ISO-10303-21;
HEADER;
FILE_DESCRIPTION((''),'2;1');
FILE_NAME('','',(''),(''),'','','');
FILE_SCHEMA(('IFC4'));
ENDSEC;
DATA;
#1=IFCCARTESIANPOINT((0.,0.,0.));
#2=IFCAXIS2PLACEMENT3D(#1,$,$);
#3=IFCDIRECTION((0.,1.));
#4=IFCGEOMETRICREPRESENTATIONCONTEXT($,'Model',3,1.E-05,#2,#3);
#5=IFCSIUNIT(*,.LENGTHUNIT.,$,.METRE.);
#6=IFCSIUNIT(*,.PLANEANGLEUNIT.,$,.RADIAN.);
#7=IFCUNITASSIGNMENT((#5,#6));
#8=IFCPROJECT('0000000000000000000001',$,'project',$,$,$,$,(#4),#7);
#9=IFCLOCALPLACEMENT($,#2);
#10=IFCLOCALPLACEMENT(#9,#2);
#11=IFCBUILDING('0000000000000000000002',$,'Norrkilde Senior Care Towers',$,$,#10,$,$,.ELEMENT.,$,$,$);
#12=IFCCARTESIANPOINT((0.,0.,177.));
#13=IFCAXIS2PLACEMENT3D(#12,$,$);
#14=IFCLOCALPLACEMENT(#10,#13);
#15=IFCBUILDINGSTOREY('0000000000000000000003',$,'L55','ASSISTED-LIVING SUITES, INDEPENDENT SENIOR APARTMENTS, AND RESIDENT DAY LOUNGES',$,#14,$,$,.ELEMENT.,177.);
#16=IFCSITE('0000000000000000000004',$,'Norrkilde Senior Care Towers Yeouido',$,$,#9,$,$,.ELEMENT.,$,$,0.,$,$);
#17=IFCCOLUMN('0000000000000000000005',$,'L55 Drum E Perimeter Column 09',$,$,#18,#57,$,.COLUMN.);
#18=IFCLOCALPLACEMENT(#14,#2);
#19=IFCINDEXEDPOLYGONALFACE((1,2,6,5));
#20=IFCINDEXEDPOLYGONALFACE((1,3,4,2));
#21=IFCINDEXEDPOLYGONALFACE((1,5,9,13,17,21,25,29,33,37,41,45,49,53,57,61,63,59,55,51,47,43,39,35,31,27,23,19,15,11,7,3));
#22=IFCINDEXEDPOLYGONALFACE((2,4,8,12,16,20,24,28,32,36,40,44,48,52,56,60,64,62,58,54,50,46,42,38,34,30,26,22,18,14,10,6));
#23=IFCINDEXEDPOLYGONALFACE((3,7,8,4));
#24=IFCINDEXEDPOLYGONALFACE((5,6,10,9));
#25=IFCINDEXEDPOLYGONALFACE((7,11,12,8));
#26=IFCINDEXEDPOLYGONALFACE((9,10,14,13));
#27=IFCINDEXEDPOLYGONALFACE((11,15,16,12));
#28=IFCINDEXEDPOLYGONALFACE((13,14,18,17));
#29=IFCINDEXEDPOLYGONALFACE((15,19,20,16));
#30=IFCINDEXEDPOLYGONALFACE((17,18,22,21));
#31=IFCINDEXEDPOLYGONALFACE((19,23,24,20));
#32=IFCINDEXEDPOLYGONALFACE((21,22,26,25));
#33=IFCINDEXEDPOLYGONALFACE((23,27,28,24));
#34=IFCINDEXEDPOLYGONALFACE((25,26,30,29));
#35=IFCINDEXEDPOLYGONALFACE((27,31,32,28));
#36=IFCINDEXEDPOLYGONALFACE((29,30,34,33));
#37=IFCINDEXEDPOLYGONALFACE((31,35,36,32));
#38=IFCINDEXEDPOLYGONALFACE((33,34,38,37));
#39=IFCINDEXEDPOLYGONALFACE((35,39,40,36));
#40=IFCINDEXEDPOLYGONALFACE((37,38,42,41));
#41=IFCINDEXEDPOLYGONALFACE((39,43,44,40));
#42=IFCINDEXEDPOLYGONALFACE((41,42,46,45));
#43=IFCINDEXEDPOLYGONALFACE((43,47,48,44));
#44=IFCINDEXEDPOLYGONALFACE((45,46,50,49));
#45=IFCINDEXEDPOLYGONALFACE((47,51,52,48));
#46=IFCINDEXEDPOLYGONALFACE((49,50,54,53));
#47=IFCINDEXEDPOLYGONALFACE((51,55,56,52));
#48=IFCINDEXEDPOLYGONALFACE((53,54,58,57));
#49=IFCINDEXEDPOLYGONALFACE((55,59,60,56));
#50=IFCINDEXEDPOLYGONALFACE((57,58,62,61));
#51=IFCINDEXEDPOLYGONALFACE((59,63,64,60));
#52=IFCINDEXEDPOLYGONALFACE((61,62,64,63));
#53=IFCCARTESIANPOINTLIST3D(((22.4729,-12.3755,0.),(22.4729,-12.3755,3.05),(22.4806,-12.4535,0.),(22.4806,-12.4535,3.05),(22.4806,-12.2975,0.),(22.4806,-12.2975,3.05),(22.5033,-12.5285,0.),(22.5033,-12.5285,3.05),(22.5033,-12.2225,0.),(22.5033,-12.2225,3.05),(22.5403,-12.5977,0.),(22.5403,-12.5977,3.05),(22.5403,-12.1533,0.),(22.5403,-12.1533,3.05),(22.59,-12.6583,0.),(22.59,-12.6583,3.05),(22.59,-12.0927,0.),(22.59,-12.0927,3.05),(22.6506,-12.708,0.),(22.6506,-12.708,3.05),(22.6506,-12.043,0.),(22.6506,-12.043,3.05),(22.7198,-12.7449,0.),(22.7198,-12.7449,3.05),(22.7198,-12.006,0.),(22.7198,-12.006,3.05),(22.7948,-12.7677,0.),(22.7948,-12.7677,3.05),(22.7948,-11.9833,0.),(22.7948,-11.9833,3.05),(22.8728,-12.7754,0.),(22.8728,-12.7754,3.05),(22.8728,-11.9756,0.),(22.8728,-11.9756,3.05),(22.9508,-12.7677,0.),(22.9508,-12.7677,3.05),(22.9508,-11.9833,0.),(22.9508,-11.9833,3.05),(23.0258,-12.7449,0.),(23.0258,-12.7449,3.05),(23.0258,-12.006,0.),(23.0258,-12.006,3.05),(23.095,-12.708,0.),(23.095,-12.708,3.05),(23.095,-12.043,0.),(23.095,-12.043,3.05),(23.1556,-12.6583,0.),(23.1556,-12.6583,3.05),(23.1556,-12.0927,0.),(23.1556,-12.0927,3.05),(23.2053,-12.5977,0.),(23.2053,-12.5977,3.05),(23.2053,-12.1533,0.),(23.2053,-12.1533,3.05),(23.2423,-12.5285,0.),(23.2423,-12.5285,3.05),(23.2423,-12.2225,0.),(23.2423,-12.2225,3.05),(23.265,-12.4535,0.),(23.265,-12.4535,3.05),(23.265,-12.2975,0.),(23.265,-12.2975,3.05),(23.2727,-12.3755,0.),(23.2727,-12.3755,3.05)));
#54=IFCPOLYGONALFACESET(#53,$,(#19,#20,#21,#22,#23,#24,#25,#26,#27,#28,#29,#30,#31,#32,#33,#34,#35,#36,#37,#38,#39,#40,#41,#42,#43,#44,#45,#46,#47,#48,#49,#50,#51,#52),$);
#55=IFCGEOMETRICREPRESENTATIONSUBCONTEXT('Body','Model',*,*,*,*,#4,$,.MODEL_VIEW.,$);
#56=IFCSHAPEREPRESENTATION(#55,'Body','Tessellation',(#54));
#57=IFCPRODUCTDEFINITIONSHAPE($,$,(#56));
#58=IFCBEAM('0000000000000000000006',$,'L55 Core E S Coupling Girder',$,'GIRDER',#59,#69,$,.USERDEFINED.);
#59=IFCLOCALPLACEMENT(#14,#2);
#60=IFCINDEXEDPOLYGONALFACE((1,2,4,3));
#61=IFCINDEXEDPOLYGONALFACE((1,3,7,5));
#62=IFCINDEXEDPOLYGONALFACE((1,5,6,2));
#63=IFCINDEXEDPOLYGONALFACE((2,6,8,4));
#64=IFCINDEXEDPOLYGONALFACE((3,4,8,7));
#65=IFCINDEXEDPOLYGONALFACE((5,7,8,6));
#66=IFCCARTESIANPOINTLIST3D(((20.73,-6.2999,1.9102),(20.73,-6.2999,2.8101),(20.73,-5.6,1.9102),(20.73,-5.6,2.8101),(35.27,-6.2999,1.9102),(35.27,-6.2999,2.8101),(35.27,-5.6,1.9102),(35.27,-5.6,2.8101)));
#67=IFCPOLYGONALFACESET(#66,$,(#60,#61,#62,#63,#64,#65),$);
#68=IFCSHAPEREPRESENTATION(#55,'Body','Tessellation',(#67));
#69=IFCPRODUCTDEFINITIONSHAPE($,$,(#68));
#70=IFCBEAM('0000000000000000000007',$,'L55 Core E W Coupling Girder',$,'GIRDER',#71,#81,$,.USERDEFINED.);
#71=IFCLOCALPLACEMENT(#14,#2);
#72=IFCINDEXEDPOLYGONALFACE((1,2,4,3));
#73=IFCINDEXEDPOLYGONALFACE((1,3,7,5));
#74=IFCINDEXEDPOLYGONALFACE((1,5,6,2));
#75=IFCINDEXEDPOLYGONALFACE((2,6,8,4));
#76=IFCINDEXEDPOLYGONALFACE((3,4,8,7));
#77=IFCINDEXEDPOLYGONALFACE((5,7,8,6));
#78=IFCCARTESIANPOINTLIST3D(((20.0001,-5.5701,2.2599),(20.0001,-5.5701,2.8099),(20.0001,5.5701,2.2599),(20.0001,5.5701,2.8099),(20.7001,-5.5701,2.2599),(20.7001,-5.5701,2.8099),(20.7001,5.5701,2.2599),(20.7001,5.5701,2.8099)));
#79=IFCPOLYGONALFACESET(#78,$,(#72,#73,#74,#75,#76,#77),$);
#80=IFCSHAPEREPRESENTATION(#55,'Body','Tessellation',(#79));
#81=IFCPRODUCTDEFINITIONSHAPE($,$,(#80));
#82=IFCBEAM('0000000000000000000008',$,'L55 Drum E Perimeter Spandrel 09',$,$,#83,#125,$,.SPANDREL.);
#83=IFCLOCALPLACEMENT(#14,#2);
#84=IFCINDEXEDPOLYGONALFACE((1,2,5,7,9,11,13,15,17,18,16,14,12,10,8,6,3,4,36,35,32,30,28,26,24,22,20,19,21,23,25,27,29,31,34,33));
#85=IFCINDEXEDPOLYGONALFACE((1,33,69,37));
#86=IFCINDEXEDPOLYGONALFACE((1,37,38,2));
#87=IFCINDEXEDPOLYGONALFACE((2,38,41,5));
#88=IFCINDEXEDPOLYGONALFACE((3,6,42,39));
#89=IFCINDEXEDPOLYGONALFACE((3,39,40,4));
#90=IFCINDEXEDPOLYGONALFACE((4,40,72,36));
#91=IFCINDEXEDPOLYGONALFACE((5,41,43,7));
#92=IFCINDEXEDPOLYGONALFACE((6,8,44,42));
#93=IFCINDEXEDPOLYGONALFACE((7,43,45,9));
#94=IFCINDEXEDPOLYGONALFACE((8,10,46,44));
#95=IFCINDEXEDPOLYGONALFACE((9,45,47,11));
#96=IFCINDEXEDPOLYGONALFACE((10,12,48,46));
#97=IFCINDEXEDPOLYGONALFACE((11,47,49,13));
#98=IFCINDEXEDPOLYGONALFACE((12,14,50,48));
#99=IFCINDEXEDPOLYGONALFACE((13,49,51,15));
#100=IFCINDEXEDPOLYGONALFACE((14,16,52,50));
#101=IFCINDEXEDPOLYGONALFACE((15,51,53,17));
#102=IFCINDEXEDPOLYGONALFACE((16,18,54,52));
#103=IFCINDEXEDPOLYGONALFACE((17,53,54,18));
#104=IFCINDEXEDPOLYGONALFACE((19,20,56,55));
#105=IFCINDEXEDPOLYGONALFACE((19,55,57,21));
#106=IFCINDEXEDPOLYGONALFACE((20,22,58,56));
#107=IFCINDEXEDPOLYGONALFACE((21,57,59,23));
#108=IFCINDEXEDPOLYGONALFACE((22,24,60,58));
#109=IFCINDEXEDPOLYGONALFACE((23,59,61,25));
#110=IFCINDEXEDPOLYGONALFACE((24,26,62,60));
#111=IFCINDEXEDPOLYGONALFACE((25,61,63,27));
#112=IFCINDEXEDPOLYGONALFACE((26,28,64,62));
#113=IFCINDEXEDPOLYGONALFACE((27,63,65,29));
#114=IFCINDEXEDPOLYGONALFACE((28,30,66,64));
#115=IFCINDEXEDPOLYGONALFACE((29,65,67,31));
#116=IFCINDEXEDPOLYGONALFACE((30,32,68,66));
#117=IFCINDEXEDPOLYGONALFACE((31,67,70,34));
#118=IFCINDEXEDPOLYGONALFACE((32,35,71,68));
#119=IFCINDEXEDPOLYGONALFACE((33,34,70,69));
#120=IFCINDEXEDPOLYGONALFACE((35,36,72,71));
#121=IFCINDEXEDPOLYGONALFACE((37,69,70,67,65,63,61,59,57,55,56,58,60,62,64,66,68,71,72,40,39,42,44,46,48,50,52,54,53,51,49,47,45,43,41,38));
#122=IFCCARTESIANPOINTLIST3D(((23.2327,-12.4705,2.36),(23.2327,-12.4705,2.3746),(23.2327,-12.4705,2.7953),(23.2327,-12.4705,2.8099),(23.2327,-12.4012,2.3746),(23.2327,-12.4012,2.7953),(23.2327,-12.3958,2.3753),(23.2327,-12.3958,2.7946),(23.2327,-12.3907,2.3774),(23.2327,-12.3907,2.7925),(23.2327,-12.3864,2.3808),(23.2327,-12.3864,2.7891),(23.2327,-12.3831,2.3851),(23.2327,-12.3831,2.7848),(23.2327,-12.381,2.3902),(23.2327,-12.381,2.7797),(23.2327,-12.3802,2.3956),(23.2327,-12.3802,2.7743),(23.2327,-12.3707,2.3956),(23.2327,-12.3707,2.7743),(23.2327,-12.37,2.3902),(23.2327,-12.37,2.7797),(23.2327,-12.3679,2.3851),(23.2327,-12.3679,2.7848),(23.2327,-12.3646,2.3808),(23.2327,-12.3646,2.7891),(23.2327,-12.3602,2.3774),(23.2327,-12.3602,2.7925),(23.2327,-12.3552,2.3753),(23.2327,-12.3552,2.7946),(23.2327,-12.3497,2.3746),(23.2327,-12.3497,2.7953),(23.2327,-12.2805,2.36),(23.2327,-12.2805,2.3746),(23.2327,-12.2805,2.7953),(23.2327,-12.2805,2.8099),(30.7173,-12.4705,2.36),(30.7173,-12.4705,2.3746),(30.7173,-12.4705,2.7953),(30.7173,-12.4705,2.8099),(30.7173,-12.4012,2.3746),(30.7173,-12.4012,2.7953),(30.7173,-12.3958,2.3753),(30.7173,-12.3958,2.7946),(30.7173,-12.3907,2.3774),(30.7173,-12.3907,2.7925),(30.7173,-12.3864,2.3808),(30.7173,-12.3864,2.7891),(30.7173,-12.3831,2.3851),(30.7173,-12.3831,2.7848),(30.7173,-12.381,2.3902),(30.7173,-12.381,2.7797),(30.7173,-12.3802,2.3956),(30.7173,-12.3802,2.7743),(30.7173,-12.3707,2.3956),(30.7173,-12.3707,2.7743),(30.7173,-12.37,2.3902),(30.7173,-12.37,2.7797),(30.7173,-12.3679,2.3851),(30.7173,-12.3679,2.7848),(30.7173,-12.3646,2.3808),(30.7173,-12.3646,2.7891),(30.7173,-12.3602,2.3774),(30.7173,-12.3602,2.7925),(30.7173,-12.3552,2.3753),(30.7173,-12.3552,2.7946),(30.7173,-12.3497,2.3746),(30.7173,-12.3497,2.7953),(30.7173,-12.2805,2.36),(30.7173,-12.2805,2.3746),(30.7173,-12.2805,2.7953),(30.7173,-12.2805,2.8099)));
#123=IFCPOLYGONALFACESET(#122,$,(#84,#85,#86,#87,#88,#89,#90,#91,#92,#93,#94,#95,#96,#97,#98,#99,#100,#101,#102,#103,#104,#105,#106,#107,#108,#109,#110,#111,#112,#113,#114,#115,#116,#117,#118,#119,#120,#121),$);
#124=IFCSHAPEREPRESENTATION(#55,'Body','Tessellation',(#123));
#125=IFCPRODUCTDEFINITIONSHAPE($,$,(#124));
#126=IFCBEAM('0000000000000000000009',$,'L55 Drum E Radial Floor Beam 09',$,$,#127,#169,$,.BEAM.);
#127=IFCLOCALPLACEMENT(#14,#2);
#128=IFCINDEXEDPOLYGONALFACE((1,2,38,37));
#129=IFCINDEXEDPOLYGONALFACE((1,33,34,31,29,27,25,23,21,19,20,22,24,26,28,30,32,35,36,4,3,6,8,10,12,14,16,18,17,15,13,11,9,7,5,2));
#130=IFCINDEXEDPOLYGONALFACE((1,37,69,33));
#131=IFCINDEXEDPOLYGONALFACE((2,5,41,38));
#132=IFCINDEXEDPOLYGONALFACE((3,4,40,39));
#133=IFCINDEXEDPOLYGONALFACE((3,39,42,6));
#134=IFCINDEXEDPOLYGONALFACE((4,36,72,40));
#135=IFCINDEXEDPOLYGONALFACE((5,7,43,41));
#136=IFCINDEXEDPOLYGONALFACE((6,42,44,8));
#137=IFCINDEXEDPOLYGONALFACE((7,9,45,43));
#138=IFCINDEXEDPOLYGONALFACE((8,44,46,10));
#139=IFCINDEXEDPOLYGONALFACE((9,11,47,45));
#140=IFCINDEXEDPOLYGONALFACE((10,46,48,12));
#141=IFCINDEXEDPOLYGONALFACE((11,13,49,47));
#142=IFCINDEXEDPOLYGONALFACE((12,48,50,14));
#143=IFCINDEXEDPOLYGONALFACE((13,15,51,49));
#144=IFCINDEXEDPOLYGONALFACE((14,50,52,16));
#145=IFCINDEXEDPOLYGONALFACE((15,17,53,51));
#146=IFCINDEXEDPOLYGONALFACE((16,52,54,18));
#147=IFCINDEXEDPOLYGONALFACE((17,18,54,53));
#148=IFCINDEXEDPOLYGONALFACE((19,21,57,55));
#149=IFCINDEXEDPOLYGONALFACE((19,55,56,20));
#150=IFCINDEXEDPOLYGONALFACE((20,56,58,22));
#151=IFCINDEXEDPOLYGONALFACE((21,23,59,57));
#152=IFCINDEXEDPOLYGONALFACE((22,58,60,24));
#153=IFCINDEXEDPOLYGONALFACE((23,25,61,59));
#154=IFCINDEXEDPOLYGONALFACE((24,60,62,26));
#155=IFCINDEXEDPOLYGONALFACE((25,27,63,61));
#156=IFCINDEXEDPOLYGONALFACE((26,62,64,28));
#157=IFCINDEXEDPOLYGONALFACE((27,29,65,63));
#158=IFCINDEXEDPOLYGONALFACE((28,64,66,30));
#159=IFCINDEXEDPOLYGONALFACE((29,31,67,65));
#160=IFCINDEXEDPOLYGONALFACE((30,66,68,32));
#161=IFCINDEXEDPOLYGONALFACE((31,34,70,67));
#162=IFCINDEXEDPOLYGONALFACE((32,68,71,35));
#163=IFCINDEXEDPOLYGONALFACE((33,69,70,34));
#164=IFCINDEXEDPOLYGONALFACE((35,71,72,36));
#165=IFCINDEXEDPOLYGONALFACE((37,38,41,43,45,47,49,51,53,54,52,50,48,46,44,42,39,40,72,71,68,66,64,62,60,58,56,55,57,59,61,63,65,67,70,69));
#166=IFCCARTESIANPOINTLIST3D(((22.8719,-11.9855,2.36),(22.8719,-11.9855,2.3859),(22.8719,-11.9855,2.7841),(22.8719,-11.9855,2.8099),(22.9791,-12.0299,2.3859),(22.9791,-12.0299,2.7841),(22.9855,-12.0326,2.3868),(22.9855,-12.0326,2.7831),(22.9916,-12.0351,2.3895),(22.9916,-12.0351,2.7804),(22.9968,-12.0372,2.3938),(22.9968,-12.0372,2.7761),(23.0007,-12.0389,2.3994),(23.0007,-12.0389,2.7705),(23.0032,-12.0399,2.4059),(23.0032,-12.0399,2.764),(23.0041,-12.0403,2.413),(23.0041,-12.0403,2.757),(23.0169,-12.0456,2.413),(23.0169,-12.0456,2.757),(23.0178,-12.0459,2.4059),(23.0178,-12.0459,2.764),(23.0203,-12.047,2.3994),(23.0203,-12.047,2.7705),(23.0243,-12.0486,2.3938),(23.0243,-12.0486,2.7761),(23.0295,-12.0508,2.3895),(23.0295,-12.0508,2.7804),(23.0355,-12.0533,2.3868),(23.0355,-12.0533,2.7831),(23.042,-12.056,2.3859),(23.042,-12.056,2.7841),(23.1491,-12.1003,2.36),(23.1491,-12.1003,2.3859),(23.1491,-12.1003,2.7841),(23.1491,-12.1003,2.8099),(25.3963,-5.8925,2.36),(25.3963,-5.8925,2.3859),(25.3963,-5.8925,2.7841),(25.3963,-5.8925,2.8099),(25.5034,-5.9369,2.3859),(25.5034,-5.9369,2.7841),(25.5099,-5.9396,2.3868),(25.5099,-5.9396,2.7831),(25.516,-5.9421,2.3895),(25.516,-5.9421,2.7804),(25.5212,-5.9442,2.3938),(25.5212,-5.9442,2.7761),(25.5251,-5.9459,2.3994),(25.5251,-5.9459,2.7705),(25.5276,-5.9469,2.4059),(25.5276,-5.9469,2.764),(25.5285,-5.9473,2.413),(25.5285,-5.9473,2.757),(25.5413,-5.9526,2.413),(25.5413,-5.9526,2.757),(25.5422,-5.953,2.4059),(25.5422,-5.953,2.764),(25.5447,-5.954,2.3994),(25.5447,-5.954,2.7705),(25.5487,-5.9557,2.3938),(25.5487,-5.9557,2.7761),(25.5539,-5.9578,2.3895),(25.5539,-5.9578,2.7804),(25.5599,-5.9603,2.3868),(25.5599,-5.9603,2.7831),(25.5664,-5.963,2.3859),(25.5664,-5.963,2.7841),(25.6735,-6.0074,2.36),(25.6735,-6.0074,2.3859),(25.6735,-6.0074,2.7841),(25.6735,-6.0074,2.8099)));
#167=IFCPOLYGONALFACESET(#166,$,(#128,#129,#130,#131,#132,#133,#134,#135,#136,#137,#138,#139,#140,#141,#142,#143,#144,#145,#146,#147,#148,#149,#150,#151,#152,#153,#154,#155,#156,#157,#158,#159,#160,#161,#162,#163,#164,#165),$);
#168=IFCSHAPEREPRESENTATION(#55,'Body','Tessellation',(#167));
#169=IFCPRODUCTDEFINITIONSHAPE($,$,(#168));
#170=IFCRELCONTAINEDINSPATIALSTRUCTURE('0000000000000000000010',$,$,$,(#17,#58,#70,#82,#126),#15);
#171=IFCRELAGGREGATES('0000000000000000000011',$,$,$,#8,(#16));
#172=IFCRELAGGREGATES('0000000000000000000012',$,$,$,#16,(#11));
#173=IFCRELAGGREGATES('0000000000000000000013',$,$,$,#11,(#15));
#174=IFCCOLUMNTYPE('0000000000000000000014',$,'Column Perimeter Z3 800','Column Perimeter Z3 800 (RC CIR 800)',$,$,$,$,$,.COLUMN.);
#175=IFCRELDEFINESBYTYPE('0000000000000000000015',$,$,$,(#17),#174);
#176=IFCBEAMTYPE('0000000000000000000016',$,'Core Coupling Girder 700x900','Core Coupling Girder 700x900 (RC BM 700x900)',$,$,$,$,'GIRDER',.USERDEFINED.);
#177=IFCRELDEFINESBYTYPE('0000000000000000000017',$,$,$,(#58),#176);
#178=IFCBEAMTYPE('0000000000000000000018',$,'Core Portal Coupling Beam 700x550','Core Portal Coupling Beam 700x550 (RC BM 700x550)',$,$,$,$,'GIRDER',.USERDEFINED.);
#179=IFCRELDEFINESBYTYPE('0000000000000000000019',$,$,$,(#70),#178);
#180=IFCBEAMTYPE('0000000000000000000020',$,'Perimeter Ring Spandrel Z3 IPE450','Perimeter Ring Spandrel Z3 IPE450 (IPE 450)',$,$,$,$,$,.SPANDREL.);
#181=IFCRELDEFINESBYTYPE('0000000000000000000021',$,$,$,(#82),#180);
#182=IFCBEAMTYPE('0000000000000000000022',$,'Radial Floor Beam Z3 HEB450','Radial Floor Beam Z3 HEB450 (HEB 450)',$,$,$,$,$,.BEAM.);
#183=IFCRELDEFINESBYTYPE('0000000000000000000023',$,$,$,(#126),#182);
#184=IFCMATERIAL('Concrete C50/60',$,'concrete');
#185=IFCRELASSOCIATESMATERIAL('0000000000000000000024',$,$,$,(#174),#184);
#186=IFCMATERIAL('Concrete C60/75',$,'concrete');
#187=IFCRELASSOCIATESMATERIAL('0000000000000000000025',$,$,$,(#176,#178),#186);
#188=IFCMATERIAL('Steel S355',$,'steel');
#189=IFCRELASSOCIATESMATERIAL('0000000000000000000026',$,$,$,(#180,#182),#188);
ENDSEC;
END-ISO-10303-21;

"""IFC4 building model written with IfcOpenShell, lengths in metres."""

from ifc_helpers import new_model, si_unit, direction, frame, origin, origin_2d, place, context, subcontext, project, spatial, rectangle, circle, i_section, extrude, source, transform, mapped, material, material_profile, profile_set, type_object, type_shapes, element, save


model = new_model("IFC4")

# Units and contexts
model_context = context("Model", 3, precision=1e-05, world=origin(), true_north=direction((0.0, 1.0)))
body_context = subcontext(model_context, "Body", "Model", "MODEL_VIEW")
ifc_project = project(units=[si_unit("LENGTHUNIT", "METRE"), si_unit("PLANEANGLEUNIT", "RADIAN")], contexts=[model_context])

# Site, building, storey
site_placement = place(None, origin())
site = spatial("IfcSite", under=ifc_project, at=site_placement, Name="Norrkilde Senior Care Towers Yeouido", CompositionType="ELEMENT", RefElevation=0.0)
building_placement = place(site_placement, origin())
building = spatial("IfcBuilding", under=site, at=building_placement, Name="Norrkilde Senior Care Towers", CompositionType="ELEMENT")
storey_placement = place(building_placement, frame((0.0, 0.0, 177.0)))
storey = spatial("IfcBuildingStorey", under=building, at=storey_placement, Name="L55", Description="ASSISTED-LIVING SUITES, INDEPENDENT SENIOR APARTMENTS, AND RESIDENT DAY LOUNGES", CompositionType="ELEMENT", Elevation=177.0)

# Column
ifc_material_1 = material(Name="Concrete C50/60", Category="concrete")
ifc_material_profile_1 = material_profile(ifc_material_1, circle(Radius=0.3999, at=origin_2d()), Name="RC CIR 800")
ifc_profile_set_1 = profile_set([ifc_material_profile_1], Name="Concrete C50/60")
column_type = type_object("IfcColumnType", Name="Column Perimeter Z3 800", Description="Column Perimeter Z3 800 (RC CIR 800)", PredefinedType="COLUMN", material=ifc_profile_set_1)
shared_shape_1 = source(origin(), body_context, "Body", "SweptSolid", [
    extrude(circle(Radius=0.3999, at=origin_2d()), origin(), (0.0, 0.0, 1.0), 3.05),
])
type_shapes(column_type, [shared_shape_1])
column_placement = place(storey_placement, frame((22.8728, -12.3755, 0.0), z_axis=(0.0, 0.0, 1.0), x_axis=(1.0, 0.0, 0.0)))
element("IfcColumn", 1, at=column_placement, inside=storey, type_object=column_type, Name="L55 Drum E Perimeter Column 09", PredefinedType="COLUMN", context=body_context, shape_type="MappedRepresentation", body=[
    mapped(shared_shape_1, transform((0.0, 0.0, 0.0), x_axis=(1.0, 0.0, 0.0), y_axis=(0.0, 1.0, 0.0), z_axis=(0.0, 0.0, 1.0), scale=1.0)),
])

# Beams
ifc_material_2 = material(Name="Concrete C60/75", Category="concrete")
ifc_material_profile_2 = material_profile(ifc_material_2, rectangle(XDim=0.7, YDim=0.8999, at=origin_2d()), Name="RC BM 700x900")
ifc_profile_set_2 = profile_set([ifc_material_profile_2], Name="Concrete C60/75")
beam_type_1 = type_object("IfcBeamType", Name="Core Coupling Girder 700x900", Description="Core Coupling Girder 700x900 (RC BM 700x900)", ElementType="GIRDER", PredefinedType="USERDEFINED", material=ifc_profile_set_2)
shared_shape_2 = source(origin(), body_context, "Body", "SweptSolid", [
    extrude(rectangle(XDim=0.7, YDim=0.8999, at=origin_2d()), origin(), (0.0, 0.0, 1.0), 14.54),
])
type_shapes(beam_type_1, [shared_shape_2])
beam_1_placement = place(storey_placement, frame((20.73, -5.95, 2.3601), z_axis=(1.0, 0.0, 0.0), x_axis=(0.0, 1.0, 0.0)))
element("IfcBeam", 2, at=beam_1_placement, inside=storey, type_object=beam_type_1, Name="L55 Core E S Coupling Girder", ObjectType="GIRDER", PredefinedType="USERDEFINED", context=body_context, shape_type="MappedRepresentation", body=[
    mapped(shared_shape_2, transform((0.0, 0.0, 0.0), x_axis=(1.0, 0.0, 0.0), y_axis=(0.0, 1.0, 0.0), z_axis=(0.0, 0.0, 1.0), scale=1.0)),
])
ifc_material_profile_3 = material_profile(ifc_material_2, rectangle(XDim=0.7, YDim=0.55, at=origin_2d()), Name="RC BM 700x550")
ifc_profile_set_3 = profile_set([ifc_material_profile_3], Name="Concrete C60/75")
beam_type_2 = type_object("IfcBeamType", Name="Core Portal Coupling Beam 700x550", Description="Core Portal Coupling Beam 700x550 (RC BM 700x550)", ElementType="GIRDER", PredefinedType="USERDEFINED", material=ifc_profile_set_3)
shared_shape_3 = source(origin(), body_context, "Body", "SweptSolid", [
    extrude(rectangle(XDim=0.7, YDim=0.55, at=origin_2d()), origin(), (0.0, 0.0, 1.0), 11.1401),
])
type_shapes(beam_type_2, [shared_shape_3])
beam_2_placement = place(storey_placement, frame((20.3501, -5.5701, 2.5349), z_axis=(0.0, 1.0, 0.0), x_axis=(-1.0, 0.0, 0.0)))
element("IfcBeam", 3, at=beam_2_placement, inside=storey, type_object=beam_type_2, Name="L55 Core E W Coupling Girder", ObjectType="GIRDER", PredefinedType="USERDEFINED", context=body_context, shape_type="MappedRepresentation", body=[
    mapped(shared_shape_3, transform((0.0, 0.0, 0.0), x_axis=(1.0, 0.0, 0.0), y_axis=(0.0, 1.0, 0.0), z_axis=(0.0, 0.0, 1.0), scale=1.0)),
])
ifc_material_3 = material(Name="Steel S355", Category="steel")
ifc_material_profile_4 = material_profile(ifc_material_3, i_section(OverallWidth=0.1899, OverallDepth=0.45, WebThickness=0.0095, FlangeThickness=0.0146, FilletRadius=0.021, at=origin_2d()), Name="IPE 450")
ifc_profile_set_4 = profile_set([ifc_material_profile_4], Name="Steel S355")
beam_type_3 = type_object("IfcBeamType", Name="Perimeter Ring Spandrel Z3 IPE450", Description="Perimeter Ring Spandrel Z3 IPE450 (IPE 450)", PredefinedType="SPANDREL", material=ifc_profile_set_4)
shared_shape_4 = source(origin(), body_context, "Body", "SweptSolid", [
    extrude(i_section(OverallWidth=0.1899, OverallDepth=0.45, WebThickness=0.0095, FlangeThickness=0.0146, FilletRadius=0.021, at=origin_2d()), origin(), (0.0, 0.0, 1.0), 7.4846),
])
type_shapes(beam_type_3, [shared_shape_4])
beam_3_placement = place(storey_placement, frame((23.2327, -12.3755, 2.585), z_axis=(1.0, 0.0, 0.0), x_axis=(0.0, 1.0, 0.0)))
element("IfcBeam", 4, at=beam_3_placement, inside=storey, type_object=beam_type_3, Name="L55 Drum E Perimeter Spandrel 09", PredefinedType="SPANDREL", context=body_context, shape_type="MappedRepresentation", body=[
    mapped(shared_shape_4, transform((0.0, 0.0, 0.0), x_axis=(1.0, 0.0, 0.0), y_axis=(0.0, 1.0, 0.0), z_axis=(0.0, 0.0, 1.0), scale=1.0)),
])
ifc_material_profile_5 = material_profile(ifc_material_3, i_section(OverallWidth=0.3, OverallDepth=0.45, WebThickness=0.0139, FlangeThickness=0.0259, FilletRadius=0.0271, at=origin_2d()), Name="HEB 450")
ifc_profile_set_5 = profile_set([ifc_material_profile_5], Name="Steel S355")
beam_type_4 = type_object("IfcBeamType", Name="Radial Floor Beam Z3 HEB450", Description="Radial Floor Beam Z3 HEB450 (HEB 450)", PredefinedType="BEAM", material=ifc_profile_set_5)
shared_shape_5 = source(origin(), body_context, "Body", "SweptSolid", [
    extrude(i_section(OverallWidth=0.3, OverallDepth=0.45, WebThickness=0.0139, FlangeThickness=0.0259, FilletRadius=0.0271, at=origin_2d()), origin(), (0.0, 0.0, 1.0), 6.5952),
])
beam_4_placement = place(storey_placement, frame((25.5349, -5.95, 2.585), z_axis=(-0.382762, -0.923847, 0.0), x_axis=(0.923847, -0.382762, 0.0)))
element("IfcBeam", 5, at=beam_4_placement, inside=storey, type_object=beam_type_4, Name="L55 Drum E Radial Floor Beam 09", PredefinedType="BEAM", context=body_context, shape_type="MappedRepresentation", body=[
    mapped(shared_shape_5, transform((0.0, 0.0, 0.0), x_axis=(1.0, 0.0, 0.0), y_axis=(0.0, 1.0, 0.0), z_axis=(0.0, 0.0, 1.0), scale=1.0)),
])

save(model, "model.ifc")
